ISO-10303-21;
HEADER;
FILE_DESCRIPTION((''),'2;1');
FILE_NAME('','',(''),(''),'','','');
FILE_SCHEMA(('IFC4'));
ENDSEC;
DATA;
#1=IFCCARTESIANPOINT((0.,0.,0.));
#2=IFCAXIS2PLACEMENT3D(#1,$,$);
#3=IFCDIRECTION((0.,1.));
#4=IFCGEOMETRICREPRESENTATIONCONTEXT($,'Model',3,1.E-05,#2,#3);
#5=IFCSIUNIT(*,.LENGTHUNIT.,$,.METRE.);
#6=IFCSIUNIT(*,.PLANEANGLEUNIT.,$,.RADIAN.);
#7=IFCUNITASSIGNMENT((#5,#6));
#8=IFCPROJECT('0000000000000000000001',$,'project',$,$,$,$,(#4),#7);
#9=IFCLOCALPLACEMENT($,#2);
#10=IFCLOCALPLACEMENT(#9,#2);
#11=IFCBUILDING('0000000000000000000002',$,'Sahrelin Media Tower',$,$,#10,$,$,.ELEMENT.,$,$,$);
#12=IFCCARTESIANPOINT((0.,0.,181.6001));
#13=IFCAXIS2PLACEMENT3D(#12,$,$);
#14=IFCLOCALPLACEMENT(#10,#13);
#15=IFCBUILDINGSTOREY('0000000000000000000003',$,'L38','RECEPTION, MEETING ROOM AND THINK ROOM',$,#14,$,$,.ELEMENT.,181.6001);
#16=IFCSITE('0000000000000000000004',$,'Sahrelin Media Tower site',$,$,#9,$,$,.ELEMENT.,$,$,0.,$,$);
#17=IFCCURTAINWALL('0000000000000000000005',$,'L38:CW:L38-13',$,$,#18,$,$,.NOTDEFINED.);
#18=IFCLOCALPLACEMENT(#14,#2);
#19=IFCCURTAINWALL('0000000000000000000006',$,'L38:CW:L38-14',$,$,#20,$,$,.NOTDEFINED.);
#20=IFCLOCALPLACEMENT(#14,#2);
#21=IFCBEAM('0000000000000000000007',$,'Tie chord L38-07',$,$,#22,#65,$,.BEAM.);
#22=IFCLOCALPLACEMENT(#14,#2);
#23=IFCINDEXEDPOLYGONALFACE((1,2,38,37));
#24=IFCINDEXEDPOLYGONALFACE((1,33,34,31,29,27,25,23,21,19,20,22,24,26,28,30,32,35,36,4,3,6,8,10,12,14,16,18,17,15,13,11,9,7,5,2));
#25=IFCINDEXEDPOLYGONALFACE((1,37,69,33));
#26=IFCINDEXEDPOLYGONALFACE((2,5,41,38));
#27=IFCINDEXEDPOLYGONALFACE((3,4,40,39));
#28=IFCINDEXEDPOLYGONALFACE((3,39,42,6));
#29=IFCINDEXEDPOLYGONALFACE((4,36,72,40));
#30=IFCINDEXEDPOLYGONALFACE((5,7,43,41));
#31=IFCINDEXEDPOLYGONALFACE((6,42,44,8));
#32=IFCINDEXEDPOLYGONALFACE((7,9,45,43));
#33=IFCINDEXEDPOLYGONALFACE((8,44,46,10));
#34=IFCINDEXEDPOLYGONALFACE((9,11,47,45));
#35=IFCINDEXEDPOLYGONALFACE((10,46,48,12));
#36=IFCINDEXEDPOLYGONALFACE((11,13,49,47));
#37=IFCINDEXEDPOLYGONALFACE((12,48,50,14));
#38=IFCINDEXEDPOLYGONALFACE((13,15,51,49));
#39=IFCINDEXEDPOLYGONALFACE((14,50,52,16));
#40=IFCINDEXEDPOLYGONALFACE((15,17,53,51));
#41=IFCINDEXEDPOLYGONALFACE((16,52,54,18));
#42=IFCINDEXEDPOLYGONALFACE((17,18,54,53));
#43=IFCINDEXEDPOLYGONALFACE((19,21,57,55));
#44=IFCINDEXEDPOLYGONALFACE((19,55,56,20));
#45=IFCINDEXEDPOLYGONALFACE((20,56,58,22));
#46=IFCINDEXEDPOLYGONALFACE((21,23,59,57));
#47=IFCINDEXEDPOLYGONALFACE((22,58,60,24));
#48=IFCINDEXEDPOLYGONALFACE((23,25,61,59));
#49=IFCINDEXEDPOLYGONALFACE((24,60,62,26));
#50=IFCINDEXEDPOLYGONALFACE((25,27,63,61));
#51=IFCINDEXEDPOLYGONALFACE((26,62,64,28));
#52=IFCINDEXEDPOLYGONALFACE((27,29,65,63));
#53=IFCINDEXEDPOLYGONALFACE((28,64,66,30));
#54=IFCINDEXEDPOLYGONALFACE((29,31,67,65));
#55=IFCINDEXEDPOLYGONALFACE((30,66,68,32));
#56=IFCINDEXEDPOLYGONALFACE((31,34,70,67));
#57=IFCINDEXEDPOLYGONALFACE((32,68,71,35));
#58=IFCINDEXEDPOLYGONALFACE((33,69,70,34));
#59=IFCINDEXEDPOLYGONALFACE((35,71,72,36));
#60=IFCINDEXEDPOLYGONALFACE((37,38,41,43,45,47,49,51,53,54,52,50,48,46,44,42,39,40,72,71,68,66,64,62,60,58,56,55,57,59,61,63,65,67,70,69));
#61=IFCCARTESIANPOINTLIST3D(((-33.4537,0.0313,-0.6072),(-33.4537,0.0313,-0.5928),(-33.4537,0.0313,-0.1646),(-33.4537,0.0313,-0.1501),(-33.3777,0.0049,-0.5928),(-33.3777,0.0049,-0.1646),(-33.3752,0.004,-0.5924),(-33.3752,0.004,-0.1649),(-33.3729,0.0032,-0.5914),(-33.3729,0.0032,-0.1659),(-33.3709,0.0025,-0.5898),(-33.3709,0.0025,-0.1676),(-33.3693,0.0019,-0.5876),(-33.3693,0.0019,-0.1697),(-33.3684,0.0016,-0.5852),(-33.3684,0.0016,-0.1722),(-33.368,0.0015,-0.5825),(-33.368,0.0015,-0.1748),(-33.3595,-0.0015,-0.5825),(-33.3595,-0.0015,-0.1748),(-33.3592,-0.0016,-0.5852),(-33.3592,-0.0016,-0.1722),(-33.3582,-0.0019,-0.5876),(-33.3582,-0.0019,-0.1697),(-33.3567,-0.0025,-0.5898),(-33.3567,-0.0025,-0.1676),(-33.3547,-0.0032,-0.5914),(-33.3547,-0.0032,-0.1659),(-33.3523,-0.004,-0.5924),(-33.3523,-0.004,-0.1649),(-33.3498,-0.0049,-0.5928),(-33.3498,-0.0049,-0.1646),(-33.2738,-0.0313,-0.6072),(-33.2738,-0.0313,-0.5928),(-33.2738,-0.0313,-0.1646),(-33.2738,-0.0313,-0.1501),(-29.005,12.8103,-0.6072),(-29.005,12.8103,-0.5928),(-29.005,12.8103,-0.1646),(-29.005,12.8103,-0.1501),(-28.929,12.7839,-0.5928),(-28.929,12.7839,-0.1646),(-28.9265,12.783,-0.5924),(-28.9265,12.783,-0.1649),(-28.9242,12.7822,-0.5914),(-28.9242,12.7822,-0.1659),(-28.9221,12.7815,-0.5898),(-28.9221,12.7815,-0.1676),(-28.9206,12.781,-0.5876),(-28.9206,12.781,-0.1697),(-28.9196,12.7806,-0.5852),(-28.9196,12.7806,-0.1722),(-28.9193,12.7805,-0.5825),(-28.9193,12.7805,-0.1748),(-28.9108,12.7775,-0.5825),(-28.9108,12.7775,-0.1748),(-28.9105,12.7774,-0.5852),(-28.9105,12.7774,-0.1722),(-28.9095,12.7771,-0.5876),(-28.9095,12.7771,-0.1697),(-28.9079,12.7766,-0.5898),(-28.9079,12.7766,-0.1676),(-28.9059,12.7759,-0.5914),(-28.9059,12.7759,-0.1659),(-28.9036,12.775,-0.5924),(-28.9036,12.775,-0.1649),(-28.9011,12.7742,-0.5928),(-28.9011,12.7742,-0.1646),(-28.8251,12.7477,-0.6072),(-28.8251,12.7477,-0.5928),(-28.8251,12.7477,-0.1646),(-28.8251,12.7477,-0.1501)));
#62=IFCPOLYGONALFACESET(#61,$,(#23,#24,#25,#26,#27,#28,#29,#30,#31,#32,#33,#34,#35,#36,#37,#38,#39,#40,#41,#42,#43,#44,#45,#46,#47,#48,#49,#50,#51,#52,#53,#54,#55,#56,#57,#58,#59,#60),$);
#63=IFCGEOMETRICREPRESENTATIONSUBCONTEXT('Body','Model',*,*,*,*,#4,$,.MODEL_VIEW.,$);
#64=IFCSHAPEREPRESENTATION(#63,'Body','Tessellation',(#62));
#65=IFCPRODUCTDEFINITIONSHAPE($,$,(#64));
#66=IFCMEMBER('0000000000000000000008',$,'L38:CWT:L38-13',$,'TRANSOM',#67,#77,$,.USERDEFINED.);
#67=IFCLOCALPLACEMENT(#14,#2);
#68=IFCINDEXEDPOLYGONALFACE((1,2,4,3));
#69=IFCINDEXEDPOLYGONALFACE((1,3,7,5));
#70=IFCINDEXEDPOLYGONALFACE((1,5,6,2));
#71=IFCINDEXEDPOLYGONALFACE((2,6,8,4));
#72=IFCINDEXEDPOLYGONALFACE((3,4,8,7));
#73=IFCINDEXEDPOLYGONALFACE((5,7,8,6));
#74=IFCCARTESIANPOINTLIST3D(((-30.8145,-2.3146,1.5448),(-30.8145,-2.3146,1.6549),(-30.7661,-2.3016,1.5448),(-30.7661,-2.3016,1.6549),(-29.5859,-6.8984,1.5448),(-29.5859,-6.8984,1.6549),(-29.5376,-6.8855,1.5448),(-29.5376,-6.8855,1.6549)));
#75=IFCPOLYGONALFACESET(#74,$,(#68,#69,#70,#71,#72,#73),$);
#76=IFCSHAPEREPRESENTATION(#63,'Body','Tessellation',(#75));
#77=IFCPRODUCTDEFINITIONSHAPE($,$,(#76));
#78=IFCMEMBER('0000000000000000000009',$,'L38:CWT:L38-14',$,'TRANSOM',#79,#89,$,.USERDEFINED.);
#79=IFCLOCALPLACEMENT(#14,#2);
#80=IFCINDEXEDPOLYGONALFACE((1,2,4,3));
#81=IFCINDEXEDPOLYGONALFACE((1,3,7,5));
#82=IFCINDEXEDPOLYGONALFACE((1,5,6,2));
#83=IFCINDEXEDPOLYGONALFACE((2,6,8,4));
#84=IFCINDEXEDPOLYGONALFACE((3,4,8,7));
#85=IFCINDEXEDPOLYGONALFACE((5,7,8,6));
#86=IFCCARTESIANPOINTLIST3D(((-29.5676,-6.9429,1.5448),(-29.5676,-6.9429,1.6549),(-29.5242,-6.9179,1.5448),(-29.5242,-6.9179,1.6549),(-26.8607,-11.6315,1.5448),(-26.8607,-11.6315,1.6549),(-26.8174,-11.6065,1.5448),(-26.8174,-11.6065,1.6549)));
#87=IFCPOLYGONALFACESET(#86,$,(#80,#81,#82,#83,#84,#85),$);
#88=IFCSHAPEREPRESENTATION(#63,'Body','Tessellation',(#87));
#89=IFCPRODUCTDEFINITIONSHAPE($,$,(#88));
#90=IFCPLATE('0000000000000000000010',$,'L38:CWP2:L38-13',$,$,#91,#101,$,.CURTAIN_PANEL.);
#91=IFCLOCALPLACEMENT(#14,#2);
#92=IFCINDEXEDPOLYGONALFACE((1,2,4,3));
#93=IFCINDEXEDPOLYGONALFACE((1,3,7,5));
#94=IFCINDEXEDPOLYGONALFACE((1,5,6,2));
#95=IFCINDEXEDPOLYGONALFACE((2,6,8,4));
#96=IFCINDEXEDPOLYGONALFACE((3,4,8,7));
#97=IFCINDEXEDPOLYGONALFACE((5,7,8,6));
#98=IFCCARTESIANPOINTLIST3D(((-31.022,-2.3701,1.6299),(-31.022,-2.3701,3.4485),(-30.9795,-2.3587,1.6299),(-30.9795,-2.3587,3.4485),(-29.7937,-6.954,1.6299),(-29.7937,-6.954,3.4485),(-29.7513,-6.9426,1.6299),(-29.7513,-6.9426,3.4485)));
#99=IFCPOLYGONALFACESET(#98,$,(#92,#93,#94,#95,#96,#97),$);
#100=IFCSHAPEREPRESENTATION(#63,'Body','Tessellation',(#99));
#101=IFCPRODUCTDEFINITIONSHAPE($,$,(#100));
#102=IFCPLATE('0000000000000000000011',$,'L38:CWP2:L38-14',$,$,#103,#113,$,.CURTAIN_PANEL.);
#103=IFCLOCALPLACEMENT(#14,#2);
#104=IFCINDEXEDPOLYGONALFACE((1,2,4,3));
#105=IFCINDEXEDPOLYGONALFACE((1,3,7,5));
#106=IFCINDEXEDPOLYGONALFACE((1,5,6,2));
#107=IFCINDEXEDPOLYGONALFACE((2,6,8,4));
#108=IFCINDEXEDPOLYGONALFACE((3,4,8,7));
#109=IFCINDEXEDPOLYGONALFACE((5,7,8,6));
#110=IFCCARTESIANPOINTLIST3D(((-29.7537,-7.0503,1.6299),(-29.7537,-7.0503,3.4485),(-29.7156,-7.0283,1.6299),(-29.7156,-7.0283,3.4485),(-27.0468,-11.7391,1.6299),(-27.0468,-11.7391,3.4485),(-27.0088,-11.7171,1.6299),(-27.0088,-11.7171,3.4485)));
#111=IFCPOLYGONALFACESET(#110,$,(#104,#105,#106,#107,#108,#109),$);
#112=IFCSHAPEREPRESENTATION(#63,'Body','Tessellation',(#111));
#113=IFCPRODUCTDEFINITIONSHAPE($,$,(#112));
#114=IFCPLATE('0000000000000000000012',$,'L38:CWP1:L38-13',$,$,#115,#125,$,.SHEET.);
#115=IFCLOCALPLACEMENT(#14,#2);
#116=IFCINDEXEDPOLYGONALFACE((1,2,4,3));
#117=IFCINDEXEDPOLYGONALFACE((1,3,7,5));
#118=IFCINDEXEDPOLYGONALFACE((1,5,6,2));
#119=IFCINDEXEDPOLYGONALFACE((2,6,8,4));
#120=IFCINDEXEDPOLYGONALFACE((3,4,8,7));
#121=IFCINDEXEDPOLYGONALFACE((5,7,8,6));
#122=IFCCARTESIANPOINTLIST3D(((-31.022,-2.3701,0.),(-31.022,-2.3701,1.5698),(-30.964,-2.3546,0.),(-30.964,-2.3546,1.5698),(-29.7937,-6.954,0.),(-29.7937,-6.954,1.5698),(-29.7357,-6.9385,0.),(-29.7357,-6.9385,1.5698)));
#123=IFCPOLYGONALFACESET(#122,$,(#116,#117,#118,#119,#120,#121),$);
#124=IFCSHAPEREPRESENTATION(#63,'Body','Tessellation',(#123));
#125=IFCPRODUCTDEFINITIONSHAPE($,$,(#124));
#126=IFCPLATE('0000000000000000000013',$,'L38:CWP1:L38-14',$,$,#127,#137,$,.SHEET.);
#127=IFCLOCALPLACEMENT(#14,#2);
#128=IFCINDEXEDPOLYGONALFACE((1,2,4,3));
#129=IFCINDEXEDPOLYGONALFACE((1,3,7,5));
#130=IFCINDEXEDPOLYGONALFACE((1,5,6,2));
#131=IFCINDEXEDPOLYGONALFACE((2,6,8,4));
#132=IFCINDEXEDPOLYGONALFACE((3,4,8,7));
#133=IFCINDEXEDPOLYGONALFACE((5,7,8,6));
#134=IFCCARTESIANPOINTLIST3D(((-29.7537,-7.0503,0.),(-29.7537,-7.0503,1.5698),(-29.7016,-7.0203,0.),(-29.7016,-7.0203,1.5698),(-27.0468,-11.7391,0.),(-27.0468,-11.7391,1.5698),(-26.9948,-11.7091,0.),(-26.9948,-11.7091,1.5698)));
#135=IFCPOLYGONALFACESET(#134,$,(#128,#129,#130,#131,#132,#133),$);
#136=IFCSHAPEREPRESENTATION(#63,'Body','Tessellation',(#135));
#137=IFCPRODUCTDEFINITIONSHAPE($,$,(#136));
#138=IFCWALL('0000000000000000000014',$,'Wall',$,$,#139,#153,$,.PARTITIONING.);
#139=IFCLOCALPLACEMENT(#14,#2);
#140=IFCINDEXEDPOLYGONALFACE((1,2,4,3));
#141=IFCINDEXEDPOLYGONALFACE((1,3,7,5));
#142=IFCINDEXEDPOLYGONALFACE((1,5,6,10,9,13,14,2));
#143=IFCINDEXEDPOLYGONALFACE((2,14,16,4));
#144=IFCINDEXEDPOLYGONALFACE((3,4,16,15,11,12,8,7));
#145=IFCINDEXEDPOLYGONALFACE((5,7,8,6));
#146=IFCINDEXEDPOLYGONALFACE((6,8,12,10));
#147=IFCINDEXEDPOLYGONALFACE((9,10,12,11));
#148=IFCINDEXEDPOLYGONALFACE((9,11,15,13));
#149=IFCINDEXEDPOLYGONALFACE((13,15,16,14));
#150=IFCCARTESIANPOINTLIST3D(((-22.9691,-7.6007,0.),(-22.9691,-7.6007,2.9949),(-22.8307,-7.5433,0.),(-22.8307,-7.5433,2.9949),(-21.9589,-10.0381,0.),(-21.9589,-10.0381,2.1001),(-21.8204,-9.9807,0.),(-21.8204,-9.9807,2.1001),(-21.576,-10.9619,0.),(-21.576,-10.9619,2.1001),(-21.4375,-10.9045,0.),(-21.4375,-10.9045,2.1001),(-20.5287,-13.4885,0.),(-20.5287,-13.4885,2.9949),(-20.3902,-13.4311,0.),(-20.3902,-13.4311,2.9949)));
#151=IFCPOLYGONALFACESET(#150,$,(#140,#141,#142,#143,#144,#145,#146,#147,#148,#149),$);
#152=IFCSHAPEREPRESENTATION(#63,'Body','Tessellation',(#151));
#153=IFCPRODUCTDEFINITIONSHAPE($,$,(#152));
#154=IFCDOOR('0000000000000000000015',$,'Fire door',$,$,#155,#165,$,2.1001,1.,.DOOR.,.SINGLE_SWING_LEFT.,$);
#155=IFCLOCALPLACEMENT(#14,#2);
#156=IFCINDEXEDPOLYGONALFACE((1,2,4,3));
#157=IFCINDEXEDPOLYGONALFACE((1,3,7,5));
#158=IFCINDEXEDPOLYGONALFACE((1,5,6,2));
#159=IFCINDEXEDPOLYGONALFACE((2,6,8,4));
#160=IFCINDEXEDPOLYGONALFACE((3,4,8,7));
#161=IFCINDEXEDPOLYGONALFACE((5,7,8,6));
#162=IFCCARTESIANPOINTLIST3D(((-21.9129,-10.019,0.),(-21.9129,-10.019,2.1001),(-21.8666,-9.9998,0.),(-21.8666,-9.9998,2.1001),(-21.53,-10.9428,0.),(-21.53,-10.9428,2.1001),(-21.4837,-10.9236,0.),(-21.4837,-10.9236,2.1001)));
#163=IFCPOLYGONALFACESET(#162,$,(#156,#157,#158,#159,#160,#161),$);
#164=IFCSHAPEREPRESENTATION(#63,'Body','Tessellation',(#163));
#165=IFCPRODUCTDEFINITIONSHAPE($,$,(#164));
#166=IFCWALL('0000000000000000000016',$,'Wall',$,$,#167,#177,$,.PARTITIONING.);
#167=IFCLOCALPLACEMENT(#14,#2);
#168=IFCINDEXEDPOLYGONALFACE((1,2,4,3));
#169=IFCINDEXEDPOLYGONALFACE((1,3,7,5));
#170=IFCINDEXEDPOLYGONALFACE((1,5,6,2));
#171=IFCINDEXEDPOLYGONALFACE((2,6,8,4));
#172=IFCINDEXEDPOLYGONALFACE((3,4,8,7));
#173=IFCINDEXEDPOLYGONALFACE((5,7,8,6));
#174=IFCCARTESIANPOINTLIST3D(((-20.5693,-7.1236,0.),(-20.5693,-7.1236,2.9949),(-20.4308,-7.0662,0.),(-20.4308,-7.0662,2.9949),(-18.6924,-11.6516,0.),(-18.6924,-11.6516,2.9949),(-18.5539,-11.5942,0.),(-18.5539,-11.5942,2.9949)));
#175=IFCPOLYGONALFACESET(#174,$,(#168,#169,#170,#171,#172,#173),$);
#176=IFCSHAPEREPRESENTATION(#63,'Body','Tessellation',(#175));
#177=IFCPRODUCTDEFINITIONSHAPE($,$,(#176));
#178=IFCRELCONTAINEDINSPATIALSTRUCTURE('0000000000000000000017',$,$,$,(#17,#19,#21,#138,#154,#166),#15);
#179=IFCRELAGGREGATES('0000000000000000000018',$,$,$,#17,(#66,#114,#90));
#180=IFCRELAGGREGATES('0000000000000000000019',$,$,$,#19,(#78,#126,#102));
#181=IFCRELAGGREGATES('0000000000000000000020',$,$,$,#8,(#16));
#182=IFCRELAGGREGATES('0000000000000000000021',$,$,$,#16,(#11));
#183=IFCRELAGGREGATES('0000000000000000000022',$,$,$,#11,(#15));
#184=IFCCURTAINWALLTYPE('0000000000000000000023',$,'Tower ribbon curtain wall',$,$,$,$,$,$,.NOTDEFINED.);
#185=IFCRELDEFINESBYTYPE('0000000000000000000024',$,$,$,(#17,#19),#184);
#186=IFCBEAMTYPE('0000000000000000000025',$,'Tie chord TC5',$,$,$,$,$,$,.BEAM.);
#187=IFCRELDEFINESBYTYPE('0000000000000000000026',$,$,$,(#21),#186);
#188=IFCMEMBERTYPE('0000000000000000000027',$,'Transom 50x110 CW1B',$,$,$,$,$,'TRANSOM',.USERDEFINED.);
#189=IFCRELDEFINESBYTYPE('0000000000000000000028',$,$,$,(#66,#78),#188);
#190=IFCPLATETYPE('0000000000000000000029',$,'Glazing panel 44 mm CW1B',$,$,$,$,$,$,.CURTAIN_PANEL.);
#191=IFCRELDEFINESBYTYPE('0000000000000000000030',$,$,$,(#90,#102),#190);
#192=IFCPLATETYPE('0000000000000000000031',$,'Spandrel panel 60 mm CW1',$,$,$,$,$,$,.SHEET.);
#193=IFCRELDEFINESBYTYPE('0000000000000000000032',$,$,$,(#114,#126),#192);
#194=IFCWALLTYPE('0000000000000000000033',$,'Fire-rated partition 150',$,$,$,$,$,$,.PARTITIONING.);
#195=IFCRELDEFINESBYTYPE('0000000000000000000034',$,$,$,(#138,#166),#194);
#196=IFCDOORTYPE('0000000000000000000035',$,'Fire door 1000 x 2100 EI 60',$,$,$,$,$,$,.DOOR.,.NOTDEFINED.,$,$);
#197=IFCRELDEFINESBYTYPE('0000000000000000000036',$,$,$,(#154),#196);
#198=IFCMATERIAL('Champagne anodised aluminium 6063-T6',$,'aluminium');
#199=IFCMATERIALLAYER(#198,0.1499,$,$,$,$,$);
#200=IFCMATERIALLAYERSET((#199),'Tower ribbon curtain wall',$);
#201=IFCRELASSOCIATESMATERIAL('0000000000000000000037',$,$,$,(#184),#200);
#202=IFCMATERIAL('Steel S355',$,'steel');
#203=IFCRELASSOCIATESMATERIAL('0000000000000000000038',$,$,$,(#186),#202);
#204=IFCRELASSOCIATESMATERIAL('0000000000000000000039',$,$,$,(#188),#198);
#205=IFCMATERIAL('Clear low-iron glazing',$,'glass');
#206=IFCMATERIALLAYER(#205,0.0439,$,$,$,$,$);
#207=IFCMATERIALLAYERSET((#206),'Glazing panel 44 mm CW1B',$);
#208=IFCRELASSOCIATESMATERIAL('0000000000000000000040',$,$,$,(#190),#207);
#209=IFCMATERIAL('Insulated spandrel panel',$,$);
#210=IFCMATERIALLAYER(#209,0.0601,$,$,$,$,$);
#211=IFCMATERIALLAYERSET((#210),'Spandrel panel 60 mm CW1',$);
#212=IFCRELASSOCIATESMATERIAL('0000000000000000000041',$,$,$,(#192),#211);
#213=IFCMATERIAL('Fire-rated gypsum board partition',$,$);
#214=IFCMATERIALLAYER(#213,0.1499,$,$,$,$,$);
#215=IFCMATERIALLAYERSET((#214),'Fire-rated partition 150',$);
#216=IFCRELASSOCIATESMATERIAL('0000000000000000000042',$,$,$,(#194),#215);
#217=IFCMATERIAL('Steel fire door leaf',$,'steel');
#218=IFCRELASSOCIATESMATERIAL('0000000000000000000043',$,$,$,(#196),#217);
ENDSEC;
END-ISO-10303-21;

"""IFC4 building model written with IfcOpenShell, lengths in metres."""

from ifc_helpers import new_model, si_unit, direction, frame, frame_2d, origin, origin_2d, place, context, subcontext, project, spatial, polyline, rectangle, i_section, outline, extrude, material, layer, layer_set, material_profile, profile_set, type_object, element, fill, aggregate, save


model = new_model("IFC4")

# Units and contexts
model_context = context("Model", 3, precision=1e-05, world=origin(), true_north=direction((0.0, 1.0)))
body_context = subcontext(model_context, "Body", "Model", "MODEL_VIEW")
ifc_project = project(units=[si_unit("LENGTHUNIT", "METRE"), si_unit("PLANEANGLEUNIT", "RADIAN")], contexts=[model_context])

# Site, building, storey
site_placement = place(None, origin())
site = spatial("IfcSite", under=ifc_project, at=site_placement, Name="Sahrelin Media Tower site", CompositionType="ELEMENT", RefElevation=0.0)
building_placement = place(site_placement, origin())
building = spatial("IfcBuilding", under=site, at=building_placement, Name="Sahrelin Media Tower", CompositionType="ELEMENT")
storey_placement = place(building_placement, frame((0.0, 0.0, 181.6001)))
storey = spatial("IfcBuildingStorey", under=building, at=storey_placement, Name="L38", Description="RECEPTION, MEETING ROOM AND THINK ROOM", CompositionType="ELEMENT", Elevation=181.6001)

# Shared definitions
ifc_material_1 = material(Name="Steel S355", Category="steel")

# Curtain walls
ifc_material_2 = material(Name="Champagne anodised aluminium 6063-T6", Category="aluminium")
ifc_layer_1 = layer(ifc_material_2, 0.1499)
ifc_layer_set_1 = layer_set([ifc_layer_1], Name="Tower ribbon curtain wall")
curtain_wall_type = type_object("IfcCurtainWallType", Name="Tower ribbon curtain wall", PredefinedType="NOTDEFINED", material=ifc_layer_set_1)
curtain_wall_1_placement = place(storey_placement, frame((-30.3884, -4.6567, 0.0), z_axis=(0.0, 0.0, 1.0), x_axis=(1.0, 0.0, 0.0)))
curtain_wall_1 = element("IfcCurtainWall", 1, at=curtain_wall_1_placement, inside=storey, type_object=curtain_wall_type, Name="L38:CW:L38-13", PredefinedType="NOTDEFINED")
curtain_wall_2_placement = place(storey_placement, frame((-28.3831, -9.3848, 0.0), z_axis=(0.0, 0.0, 1.0), x_axis=(1.0, 0.0, 0.0)))
curtain_wall_2 = element("IfcCurtainWall", 2, at=curtain_wall_2_placement, inside=storey, type_object=curtain_wall_type, Name="L38:CW:L38-14", PredefinedType="NOTDEFINED")

# Beam
ifc_material_profile_1 = material_profile(ifc_material_1, i_section(OverallWidth=0.1904, OverallDepth=0.457, WebThickness=0.009, FlangeThickness=0.0144, FilletRadius=0.0103, at=origin_2d()), Name="UB 457x191x74")
ifc_profile_set_1 = profile_set([ifc_material_profile_1], Name="Steel S355")
beam_type_1 = type_object("IfcBeamType", Name="Tie chord TC5", PredefinedType="BEAM", material=ifc_profile_set_1)
beam_1_placement = place(storey_placement, frame((-33.3638, 0.0, -0.3787), z_axis=(0.328774, 0.944409, 0.0), x_axis=(-0.944409, 0.328774, 0.0)))
element("IfcBeam", 3, at=beam_1_placement, inside=storey, type_object=beam_type_1, Name="Tie chord L38-07", PredefinedType="BEAM", context=body_context, shape_type="SweptSolid", body=[
    extrude(i_section(OverallWidth=0.1904, OverallDepth=0.457, WebThickness=0.009, FlangeThickness=0.0144, FilletRadius=0.0103, at=origin_2d()), origin(), (0.0, 0.0, 1.0), 13.5312),
])

# Members
ifc_material_profile_2 = material_profile(ifc_material_2, rectangle(XDim=0.05, YDim=0.1101, at=origin_2d()), Name="Transom 50x110")
ifc_profile_set_2 = profile_set([ifc_material_profile_2], Name="Champagne anodised aluminium 6063-T6")
member_type_1 = type_object("IfcMemberType", Name="Transom 50x110 CW1B", ElementType="TRANSOM", PredefinedType="USERDEFINED", material=ifc_profile_set_2)
member_1_placement = place(storey_placement, frame((-30.7903, -2.3081, 1.5999), z_axis=(0.258879, -0.96591, 0.0), x_axis=(0.96591, 0.258879, 0.0)))
member_1 = element("IfcMember", 4, at=member_1_placement, type_object=member_type_1, Name="L38:CWT:L38-13", ObjectType="TRANSOM", PredefinedType="USERDEFINED", context=body_context, shape_type="SweptSolid", body=[
    extrude(rectangle(XDim=0.05, YDim=0.1101, at=origin_2d()), origin(), (0.0, 0.0, 1.0), 4.7456),
])
member_2_placement = place(storey_placement, frame((-29.5459, -6.9304, 1.5999), z_axis=(0.499985, -0.866034, 0.0), x_axis=(0.866034, 0.499985, 0.0)))
member_2 = element("IfcMember", 5, at=member_2_placement, type_object=member_type_1, Name="L38:CWT:L38-14", ObjectType="TRANSOM", PredefinedType="USERDEFINED", context=body_context, shape_type="SweptSolid", body=[
    extrude(rectangle(XDim=0.05, YDim=0.1101, at=origin_2d()), origin(), (0.0, 0.0, 1.0), 5.4138),
])

# Plates
ifc_material_3 = material(Name="Clear low-iron glazing", Category="glass")
ifc_layer_2 = layer(ifc_material_3, 0.0439)
ifc_layer_set_2 = layer_set([ifc_layer_2], Name="Glazing panel 44 mm CW1B")
plate_type_1 = type_object("IfcPlateType", Name="Glazing panel 44 mm CW1B", PredefinedType="CURTAIN_PANEL", material=ifc_layer_set_2)
plate_1_placement = place(storey_placement, frame((-31.022, -2.3701, 1.6299), z_axis=(-0.965926, -0.258818, 0.0), x_axis=(0.258818, -0.965926, 0.0)))
plate_1 = element("IfcPlate", 6, at=plate_1_placement, type_object=plate_type_1, Name="L38:CWP2:L38-13", PredefinedType="CURTAIN_PANEL", context=body_context, shape_type="SweptSolid", body=[
    extrude(outline(polyline([(0.0, 0.0), (4.7456, 0.0), (4.7456, 1.8186), (0.0, 1.8186), (0.0, 0.0)])), origin(), (0.0, 0.0, -1.0), 0.0439),
])
plate_2_placement = place(storey_placement, frame((-29.7537, -7.0503, 1.6299), z_axis=(-0.866045, -0.499966, 0.0), x_axis=(0.499966, -0.866045, 0.0)))
plate_2 = element("IfcPlate", 7, at=plate_2_placement, type_object=plate_type_1, Name="L38:CWP2:L38-14", PredefinedType="CURTAIN_PANEL", context=body_context, shape_type="SweptSolid", body=[
    extrude(outline(polyline([(0.0, 0.0), (5.4141, 0.0), (5.4141, 1.8186), (0.0, 1.8186), (0.0, 0.0)])), origin(), (0.0, 0.0, -1.0), 0.0439),
])
ifc_material_4 = material(Name="Insulated spandrel panel")
ifc_layer_3 = layer(ifc_material_4, 0.0601)
ifc_layer_set_3 = layer_set([ifc_layer_3], Name="Spandrel panel 60 mm CW1")
plate_type_2 = type_object("IfcPlateType", Name="Spandrel panel 60 mm CW1", PredefinedType="SHEET", material=ifc_layer_set_3)
plate_3_placement = place(storey_placement, frame((-31.022, -2.3701, 0.0), z_axis=(-0.965926, -0.258818, 0.0), x_axis=(0.258818, -0.965926, 0.0)))
plate_3 = element("IfcPlate", 8, at=plate_3_placement, type_object=plate_type_2, Name="L38:CWP1:L38-13", PredefinedType="SHEET", context=body_context, shape_type="SweptSolid", body=[
    extrude(outline(polyline([(0.0, 0.0), (4.7456, 0.0), (4.7456, 1.5698), (0.0, 1.5698), (0.0, 0.0)])), origin(), (0.0, 0.0, -1.0), 0.0601),
])
aggregate(curtain_wall_1, [member_1, plate_3, plate_1])
plate_4_placement = place(storey_placement, frame((-29.7537, -7.0503, 0.0), z_axis=(-0.866045, -0.499966, 0.0), x_axis=(0.499966, -0.866045, 0.0)))
plate_4 = element("IfcPlate", 9, at=plate_4_placement, type_object=plate_type_2, Name="L38:CWP1:L38-14", PredefinedType="SHEET", context=body_context, shape_type="SweptSolid", body=[
    extrude(outline(polyline([(0.0, 0.0), (5.4141, 0.0), (5.4141, 1.5698), (0.0, 1.5698), (0.0, 0.0)])), origin(), (0.0, 0.0, -1.0), 0.0601),
])
aggregate(curtain_wall_2, [member_2, plate_4, plate_2])

# Wall, opening, door
ifc_material_5 = material(Name="Fire-rated gypsum board partition")
ifc_layer_4 = layer(ifc_material_5, 0.1499)
ifc_layer_set_4 = layer_set([ifc_layer_4], Name="Fire-rated partition 150")
wall_type_1 = type_object("IfcWallType", Name="Fire-rated partition 150", PredefinedType="PARTITIONING", material=ifc_layer_set_4)
wall_1_placement = place(storey_placement, frame((-22.8999, -7.572, 0.0), z_axis=(0.0, 0.0, 1.0), x_axis=(0.382907, -0.923787, 0.0)))
wall_1 = element("IfcWall", 10, at=wall_1_placement, inside=storey, type_object=wall_type_1, Name="Wall", PredefinedType="PARTITIONING", context=body_context, shape_type="SweptSolid", body=[
    extrude(rectangle(XDim=6.3735, YDim=0.1499, at=frame_2d((3.1868, 0.0))), origin(), (0.0, 0.0, 1.0), 2.9949),
])
opening_1_placement = place(wall_1_placement, frame((2.6384, 0.0, 0.0)))
opening_1 = element("IfcOpeningElement", 11, at=opening_1_placement, cuts=wall_1, PredefinedType="OPENING", context=body_context, shape_type="SweptSolid", body=[
    extrude(rectangle(XDim=1.0, YDim=2.1001, at=frame_2d((0.5, 1.05))), frame((0.0, 0.075, 0.0), z_axis=(0.0, -1.0, 0.0), x_axis=(1.0, 0.0, 0.0)), (0.0, 0.0, 1.0), 0.1499),
])
ifc_material_6 = material(Name="Steel fire door leaf", Category="steel")
door_type_1 = type_object("IfcDoorType", Name="Fire door 1000 x 2100 EI 60", OperationType="NOTDEFINED", PredefinedType="DOOR", material=ifc_material_6)
door_1_placement = place(opening_1_placement, origin())
door_1 = element("IfcDoor", 12, at=door_1_placement, inside=storey, type_object=door_type_1, Name="Fire door", OperationType="SINGLE_SWING_LEFT", OverallHeight=2.1001, OverallWidth=1.0, PredefinedType="DOOR", context=body_context, shape_type="SweptSolid", body=[
    extrude(rectangle(XDim=1.0, YDim=2.1001, at=frame_2d((0.5, 1.05))), frame((0.0, 0.0249, 0.0), z_axis=(0.0, -1.0, 0.0), x_axis=(1.0, 0.0, 0.0)), (0.0, 0.0, 1.0), 0.05),
])
fill(opening_1, door_1)

# Wall
wall_2_placement = place(storey_placement, frame((-20.5, -7.095, 0.0), z_axis=(0.0, 0.0, 1.0), x_axis=(0.382921, -0.923781, 0.0)))
element("IfcWall", 13, at=wall_2_placement, inside=storey, type_object=wall_type_1, Name="Wall", PredefinedType="PARTITIONING", context=body_context, shape_type="SweptSolid", body=[
    extrude(rectangle(XDim=4.9016, YDim=0.1499, at=frame_2d((2.4507, 0.0))), origin(), (0.0, 0.0, 1.0), 2.9949),
])

save(model, "model.ifc")
